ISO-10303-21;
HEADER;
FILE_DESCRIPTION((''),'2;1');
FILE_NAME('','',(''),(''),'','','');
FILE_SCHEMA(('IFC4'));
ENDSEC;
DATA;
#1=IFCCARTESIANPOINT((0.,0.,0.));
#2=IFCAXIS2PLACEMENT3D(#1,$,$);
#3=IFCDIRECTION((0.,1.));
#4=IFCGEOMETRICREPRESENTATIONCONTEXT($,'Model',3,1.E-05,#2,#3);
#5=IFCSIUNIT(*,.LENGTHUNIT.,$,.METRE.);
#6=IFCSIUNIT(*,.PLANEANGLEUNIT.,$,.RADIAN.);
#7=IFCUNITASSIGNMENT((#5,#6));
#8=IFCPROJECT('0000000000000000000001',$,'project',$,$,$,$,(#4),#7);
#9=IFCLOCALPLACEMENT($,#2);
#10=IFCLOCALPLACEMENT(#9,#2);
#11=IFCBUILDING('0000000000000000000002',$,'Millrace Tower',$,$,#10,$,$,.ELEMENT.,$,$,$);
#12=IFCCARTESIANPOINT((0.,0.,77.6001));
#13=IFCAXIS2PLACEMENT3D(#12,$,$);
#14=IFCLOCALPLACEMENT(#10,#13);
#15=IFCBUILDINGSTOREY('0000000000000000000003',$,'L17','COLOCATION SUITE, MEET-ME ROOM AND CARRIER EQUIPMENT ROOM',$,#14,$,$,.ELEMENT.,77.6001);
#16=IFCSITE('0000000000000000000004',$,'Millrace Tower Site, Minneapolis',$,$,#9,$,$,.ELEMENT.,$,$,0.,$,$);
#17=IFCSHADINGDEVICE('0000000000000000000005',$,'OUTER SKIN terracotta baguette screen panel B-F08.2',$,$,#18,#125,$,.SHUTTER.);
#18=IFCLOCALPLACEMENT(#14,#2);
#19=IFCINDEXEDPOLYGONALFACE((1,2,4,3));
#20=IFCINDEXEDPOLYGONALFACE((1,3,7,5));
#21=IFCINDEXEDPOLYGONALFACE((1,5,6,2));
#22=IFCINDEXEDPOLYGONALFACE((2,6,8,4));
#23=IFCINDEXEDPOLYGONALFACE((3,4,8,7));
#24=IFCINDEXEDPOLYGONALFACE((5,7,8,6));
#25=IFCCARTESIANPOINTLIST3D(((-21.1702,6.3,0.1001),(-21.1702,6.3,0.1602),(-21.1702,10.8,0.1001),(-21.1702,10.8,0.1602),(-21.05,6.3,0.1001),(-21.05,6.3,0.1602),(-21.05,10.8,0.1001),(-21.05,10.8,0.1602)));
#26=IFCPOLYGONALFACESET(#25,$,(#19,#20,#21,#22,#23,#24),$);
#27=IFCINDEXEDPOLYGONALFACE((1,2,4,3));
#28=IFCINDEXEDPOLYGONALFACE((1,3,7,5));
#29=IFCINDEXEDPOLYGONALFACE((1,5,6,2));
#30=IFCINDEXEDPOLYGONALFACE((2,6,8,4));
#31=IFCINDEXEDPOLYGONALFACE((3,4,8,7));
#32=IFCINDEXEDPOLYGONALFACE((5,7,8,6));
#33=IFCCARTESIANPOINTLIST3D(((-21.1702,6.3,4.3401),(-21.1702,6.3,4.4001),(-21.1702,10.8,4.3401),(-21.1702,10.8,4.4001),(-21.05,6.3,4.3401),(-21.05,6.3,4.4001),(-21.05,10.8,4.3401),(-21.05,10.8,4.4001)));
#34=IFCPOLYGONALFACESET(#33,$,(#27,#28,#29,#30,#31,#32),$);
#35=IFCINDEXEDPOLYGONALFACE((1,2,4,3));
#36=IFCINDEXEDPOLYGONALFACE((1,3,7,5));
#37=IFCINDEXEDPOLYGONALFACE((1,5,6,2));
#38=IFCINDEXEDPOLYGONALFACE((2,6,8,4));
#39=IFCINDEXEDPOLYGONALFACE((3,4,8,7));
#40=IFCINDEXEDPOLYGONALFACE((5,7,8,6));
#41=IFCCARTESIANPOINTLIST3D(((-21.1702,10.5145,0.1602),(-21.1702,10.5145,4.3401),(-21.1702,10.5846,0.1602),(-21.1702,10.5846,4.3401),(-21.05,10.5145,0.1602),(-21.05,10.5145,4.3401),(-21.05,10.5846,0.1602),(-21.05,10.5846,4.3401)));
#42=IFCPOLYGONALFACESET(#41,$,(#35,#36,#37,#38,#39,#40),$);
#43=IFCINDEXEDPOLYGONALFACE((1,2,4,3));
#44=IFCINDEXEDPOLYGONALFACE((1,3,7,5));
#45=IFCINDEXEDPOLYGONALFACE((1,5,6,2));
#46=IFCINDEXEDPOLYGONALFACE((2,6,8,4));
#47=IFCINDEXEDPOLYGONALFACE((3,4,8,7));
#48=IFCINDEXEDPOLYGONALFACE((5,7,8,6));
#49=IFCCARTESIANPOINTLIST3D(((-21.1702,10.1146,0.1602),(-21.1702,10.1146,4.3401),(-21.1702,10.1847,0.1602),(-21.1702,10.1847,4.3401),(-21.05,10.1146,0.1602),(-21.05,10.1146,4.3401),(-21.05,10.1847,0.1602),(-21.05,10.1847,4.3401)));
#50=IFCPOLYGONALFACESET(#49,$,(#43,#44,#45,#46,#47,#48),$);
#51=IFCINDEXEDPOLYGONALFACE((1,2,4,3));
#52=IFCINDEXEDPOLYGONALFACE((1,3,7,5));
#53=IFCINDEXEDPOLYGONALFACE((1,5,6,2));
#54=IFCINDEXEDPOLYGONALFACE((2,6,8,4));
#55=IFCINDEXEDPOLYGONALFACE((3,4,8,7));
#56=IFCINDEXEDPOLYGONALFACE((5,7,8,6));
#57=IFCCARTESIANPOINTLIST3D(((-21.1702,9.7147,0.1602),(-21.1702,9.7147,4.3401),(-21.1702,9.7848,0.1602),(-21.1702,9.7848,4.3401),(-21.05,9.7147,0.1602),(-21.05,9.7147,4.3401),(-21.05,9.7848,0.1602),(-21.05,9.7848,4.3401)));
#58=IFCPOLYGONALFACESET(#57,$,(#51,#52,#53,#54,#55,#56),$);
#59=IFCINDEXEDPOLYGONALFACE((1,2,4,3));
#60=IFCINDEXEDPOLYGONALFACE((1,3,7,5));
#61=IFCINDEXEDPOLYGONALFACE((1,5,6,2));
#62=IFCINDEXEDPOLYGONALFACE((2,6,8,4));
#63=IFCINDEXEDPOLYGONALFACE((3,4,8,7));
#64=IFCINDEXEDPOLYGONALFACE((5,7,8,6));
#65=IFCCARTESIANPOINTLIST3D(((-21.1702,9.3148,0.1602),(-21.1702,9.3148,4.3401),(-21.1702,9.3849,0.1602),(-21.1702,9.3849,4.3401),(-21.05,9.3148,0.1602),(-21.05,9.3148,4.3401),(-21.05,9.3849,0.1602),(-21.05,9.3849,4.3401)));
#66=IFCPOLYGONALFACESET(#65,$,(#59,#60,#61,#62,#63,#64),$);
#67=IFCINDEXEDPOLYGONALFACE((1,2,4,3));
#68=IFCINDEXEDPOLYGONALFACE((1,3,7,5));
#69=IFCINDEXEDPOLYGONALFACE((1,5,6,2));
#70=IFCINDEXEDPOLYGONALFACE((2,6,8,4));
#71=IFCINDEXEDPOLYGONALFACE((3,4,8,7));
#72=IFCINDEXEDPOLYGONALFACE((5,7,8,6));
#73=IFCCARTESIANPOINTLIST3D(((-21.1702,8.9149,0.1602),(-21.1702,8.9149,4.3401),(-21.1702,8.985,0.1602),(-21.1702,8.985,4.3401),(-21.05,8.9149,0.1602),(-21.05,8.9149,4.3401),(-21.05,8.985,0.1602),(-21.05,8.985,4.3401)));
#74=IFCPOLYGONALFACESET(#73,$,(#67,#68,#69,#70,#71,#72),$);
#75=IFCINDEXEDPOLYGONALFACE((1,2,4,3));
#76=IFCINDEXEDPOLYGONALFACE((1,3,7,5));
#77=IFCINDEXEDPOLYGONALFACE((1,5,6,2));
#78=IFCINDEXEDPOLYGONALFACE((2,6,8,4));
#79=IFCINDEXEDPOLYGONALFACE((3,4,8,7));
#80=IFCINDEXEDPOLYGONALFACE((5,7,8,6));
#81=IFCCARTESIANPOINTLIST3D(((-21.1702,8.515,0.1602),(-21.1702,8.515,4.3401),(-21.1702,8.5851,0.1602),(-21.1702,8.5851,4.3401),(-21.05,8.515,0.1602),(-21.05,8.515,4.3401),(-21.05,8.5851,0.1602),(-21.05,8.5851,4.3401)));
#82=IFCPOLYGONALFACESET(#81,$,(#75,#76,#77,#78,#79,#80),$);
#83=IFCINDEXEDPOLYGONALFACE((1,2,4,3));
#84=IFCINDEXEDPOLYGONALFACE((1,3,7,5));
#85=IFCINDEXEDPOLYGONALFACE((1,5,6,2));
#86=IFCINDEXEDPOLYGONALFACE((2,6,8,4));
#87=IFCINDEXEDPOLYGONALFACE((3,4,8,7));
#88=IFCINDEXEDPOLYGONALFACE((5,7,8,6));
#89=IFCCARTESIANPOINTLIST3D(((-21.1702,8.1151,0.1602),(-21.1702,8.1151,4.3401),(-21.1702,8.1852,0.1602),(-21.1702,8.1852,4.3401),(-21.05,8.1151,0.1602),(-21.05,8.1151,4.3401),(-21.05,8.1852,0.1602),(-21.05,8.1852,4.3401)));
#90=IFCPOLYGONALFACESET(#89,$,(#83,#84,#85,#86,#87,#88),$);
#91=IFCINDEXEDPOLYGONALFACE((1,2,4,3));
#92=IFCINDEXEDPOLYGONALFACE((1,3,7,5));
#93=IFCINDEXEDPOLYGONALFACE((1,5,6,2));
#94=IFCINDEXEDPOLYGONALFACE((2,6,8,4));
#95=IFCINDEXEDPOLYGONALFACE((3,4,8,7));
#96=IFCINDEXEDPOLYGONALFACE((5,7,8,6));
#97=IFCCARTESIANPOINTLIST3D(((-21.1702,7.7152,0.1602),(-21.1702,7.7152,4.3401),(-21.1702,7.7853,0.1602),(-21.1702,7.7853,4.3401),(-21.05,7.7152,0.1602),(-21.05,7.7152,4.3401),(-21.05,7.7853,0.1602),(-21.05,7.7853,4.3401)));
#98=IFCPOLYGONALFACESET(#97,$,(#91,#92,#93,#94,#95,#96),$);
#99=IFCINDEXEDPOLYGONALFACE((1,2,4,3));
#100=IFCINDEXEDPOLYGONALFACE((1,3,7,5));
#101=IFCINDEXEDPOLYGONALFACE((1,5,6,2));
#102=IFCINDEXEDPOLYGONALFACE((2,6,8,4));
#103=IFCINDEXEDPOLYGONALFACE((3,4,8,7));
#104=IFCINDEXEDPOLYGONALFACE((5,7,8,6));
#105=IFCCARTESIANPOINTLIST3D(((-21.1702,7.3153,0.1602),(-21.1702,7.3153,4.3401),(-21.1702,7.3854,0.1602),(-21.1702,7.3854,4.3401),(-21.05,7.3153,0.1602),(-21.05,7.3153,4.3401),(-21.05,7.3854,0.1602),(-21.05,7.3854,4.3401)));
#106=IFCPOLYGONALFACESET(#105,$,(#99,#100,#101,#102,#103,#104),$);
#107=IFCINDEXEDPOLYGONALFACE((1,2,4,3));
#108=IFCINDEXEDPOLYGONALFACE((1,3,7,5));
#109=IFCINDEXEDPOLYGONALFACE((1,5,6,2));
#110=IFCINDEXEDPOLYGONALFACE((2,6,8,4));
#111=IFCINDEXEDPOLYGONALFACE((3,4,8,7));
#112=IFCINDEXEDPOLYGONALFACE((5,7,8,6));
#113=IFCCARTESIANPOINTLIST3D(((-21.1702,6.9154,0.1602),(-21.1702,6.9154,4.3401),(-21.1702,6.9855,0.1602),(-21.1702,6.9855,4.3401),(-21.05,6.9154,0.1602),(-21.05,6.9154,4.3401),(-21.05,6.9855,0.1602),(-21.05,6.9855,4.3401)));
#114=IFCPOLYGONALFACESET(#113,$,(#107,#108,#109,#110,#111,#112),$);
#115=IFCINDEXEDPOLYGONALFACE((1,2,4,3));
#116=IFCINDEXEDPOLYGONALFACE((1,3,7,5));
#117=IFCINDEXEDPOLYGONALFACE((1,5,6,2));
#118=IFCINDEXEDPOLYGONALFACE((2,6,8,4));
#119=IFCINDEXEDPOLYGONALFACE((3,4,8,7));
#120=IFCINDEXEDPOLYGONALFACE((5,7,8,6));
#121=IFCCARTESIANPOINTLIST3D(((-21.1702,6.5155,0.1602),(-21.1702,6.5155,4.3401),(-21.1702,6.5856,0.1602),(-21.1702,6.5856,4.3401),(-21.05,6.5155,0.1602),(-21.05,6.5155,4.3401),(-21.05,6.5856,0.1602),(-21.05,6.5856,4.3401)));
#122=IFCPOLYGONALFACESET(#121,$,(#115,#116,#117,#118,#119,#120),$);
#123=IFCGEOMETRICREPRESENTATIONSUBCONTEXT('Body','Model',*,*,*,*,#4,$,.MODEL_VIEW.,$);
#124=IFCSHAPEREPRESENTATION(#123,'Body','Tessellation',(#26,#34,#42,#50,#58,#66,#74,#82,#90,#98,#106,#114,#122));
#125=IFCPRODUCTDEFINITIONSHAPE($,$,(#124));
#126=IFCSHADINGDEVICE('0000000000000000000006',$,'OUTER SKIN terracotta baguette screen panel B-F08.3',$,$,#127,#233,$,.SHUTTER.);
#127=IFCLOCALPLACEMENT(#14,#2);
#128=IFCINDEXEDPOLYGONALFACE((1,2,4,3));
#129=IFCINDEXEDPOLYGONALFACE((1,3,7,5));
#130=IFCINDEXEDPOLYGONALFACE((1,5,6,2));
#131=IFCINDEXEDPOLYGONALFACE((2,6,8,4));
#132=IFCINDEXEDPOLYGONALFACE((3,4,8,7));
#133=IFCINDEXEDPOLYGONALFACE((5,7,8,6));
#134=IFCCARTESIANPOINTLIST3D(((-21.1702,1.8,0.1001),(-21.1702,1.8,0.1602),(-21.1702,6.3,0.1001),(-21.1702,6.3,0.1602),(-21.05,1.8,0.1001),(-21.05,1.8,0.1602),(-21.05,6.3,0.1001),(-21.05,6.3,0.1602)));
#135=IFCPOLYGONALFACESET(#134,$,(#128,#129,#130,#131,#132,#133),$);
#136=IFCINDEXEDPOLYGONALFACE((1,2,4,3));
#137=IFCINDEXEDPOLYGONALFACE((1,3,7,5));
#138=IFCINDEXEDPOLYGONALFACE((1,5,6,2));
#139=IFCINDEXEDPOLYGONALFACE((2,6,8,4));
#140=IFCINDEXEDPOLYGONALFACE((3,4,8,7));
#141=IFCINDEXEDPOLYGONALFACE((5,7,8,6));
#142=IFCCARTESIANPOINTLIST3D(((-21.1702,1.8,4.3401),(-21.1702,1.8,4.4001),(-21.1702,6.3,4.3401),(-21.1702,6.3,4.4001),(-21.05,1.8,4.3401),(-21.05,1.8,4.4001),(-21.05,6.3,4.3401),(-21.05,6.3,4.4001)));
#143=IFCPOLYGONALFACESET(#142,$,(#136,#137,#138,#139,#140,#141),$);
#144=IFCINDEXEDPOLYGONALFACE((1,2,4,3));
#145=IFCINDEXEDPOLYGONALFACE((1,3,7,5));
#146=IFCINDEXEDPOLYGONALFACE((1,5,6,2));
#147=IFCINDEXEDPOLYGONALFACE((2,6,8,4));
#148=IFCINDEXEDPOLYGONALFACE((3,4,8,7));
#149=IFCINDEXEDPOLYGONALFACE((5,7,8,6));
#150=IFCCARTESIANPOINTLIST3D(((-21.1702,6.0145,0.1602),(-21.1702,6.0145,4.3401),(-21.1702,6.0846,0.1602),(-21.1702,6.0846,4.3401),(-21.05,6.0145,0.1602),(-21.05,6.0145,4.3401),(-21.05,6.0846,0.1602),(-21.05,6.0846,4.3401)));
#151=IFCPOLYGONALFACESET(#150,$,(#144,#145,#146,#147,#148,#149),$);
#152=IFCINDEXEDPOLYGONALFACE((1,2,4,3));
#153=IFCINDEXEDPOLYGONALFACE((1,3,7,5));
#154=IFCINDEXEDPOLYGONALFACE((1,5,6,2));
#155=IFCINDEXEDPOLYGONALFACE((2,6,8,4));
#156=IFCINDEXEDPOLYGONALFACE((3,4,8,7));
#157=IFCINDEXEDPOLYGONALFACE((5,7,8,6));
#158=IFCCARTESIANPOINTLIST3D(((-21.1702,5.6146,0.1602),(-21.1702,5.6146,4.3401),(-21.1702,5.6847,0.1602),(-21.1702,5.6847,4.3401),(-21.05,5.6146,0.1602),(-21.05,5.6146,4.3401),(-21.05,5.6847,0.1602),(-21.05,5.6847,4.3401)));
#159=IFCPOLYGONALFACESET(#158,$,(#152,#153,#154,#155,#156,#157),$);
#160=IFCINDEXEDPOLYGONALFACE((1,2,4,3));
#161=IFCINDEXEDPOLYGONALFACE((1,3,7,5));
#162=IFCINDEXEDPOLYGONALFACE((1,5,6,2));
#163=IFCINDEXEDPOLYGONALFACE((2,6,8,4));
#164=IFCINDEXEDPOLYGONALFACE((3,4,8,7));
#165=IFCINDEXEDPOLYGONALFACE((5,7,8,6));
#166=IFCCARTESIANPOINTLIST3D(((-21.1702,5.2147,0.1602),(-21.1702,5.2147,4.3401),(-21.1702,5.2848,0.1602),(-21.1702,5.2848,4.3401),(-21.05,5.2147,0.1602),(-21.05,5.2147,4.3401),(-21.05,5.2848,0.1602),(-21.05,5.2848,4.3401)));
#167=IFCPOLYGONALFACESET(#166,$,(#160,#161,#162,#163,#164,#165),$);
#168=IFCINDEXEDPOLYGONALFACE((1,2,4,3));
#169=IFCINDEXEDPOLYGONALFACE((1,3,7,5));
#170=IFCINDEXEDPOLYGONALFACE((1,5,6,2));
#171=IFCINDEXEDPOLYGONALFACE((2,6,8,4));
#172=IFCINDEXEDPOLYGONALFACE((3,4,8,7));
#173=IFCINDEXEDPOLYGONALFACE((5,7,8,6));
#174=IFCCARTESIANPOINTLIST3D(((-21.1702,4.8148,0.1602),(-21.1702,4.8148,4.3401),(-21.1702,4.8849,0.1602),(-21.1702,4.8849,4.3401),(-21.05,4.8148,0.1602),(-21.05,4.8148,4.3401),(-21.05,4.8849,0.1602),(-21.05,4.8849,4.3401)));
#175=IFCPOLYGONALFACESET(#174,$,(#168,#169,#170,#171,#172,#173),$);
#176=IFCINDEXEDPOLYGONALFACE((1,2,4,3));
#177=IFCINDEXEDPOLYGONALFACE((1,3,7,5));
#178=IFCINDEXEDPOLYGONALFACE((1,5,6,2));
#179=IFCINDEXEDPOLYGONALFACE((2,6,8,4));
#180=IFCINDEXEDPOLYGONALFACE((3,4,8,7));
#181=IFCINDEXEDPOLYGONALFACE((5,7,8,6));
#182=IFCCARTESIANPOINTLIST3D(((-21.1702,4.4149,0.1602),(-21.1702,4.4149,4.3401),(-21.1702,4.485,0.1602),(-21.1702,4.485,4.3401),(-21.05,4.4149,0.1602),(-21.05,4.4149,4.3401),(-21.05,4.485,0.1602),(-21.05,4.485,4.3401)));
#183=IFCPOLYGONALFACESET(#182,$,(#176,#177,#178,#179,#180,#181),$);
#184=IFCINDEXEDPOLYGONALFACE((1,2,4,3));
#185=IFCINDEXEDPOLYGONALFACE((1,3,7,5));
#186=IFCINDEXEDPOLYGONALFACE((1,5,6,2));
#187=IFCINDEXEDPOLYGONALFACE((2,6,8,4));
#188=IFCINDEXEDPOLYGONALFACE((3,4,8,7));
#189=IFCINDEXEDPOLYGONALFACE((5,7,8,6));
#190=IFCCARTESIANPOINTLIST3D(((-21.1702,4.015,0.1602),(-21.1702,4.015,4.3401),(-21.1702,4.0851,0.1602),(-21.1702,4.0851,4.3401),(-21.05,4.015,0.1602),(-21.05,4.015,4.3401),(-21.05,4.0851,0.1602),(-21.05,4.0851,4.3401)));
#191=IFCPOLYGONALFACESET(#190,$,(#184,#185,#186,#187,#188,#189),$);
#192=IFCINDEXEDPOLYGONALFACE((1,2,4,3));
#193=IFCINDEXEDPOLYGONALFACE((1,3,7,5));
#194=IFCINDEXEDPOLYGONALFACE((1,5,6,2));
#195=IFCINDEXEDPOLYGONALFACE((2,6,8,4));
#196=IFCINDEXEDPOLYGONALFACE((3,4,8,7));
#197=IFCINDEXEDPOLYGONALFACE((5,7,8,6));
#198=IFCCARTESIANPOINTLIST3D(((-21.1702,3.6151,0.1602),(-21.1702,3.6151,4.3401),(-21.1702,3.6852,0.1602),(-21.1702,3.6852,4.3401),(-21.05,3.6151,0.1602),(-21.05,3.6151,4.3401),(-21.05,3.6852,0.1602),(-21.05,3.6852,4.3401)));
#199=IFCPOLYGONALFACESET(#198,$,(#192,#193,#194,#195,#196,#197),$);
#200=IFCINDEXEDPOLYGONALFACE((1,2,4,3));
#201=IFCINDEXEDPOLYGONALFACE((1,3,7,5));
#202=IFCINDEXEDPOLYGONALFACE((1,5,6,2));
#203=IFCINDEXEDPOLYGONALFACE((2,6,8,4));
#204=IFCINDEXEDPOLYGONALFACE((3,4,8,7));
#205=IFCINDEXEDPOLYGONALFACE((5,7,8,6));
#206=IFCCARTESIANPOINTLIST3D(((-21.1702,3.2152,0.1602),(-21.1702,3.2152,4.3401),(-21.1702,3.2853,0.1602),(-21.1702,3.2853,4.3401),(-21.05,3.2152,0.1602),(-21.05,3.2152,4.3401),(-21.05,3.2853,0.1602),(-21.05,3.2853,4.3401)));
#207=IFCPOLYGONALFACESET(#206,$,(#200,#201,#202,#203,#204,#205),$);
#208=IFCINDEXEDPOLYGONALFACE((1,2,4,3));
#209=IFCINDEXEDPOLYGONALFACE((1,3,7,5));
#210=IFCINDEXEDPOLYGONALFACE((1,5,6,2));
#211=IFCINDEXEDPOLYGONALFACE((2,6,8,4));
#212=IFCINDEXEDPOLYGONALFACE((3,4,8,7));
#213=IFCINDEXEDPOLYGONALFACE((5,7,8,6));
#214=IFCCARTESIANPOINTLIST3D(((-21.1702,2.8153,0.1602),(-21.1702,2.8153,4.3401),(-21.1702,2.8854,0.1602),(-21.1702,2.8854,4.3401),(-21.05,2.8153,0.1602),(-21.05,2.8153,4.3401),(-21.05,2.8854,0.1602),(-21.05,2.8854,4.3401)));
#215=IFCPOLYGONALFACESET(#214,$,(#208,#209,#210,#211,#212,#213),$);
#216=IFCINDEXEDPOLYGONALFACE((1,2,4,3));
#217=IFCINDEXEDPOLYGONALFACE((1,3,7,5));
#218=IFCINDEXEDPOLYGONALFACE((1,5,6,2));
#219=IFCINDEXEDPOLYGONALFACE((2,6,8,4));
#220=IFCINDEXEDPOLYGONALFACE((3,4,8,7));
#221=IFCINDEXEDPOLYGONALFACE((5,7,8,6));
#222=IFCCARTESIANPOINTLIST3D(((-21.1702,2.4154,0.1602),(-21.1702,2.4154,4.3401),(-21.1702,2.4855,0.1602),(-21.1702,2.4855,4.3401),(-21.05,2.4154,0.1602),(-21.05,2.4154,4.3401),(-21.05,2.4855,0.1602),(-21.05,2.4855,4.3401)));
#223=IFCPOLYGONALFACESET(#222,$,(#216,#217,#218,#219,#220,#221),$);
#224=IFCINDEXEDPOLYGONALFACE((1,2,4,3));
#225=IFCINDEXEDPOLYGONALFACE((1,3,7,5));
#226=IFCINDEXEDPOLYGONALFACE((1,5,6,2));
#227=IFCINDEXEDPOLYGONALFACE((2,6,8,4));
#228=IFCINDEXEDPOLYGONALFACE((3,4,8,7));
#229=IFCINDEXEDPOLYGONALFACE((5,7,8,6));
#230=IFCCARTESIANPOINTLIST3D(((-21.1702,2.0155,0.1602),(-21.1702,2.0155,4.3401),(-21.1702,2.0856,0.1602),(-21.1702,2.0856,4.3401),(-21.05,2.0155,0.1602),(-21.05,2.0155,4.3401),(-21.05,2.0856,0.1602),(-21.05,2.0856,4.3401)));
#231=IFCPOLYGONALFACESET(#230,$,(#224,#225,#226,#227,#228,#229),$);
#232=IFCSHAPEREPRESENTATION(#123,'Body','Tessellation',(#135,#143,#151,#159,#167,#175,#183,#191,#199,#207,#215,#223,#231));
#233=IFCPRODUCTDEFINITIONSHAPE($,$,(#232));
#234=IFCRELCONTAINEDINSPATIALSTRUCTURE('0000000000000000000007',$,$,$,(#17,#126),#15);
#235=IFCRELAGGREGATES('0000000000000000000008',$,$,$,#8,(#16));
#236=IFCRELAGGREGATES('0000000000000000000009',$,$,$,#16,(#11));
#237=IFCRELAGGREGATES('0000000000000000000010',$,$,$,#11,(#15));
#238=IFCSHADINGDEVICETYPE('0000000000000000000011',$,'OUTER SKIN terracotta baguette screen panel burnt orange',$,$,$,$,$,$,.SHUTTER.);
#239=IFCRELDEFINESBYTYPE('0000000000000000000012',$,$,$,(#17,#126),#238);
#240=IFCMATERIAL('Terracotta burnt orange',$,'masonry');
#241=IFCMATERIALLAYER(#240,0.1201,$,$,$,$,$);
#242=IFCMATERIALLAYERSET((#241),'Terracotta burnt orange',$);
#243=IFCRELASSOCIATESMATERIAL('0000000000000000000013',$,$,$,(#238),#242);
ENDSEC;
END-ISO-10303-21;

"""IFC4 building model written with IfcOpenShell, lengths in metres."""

from ifc_helpers import new_model, entity, si_unit, direction, frame, frame_2d, origin, origin_2d, place, context, subcontext, project, spatial, rectangle, extrude, source, transform, mapped, material, layer, layer_set, type_object, element, save


model = new_model("IFC4")

# Units and contexts
model_context = context("Model", 3, precision=1e-05, world=origin(), true_north=direction((0.0, 1.0)))
body_context = subcontext(model_context, "Body", "Model", "MODEL_VIEW")
ifc_project = project(units=[si_unit("LENGTHUNIT", "METRE"), si_unit("PLANEANGLEUNIT", "RADIAN")], contexts=[model_context])

# Site, building, storey
site_placement = place(None, origin())
site = spatial("IfcSite", under=ifc_project, at=site_placement, Name="Millrace Tower Site, Minneapolis", CompositionType="ELEMENT", RefElevation=0.0)
building_placement = place(site_placement, origin())
building = spatial("IfcBuilding", under=site, at=building_placement, Name="Millrace Tower", CompositionType="ELEMENT")
storey_placement = place(building_placement, frame((0.0, 0.0, 77.6001)))
storey = spatial("IfcBuildingStorey", under=building, at=storey_placement, Name="L17", Description="COLOCATION SUITE, MEET-ME ROOM AND CARRIER EQUIPMENT ROOM", CompositionType="ELEMENT", Elevation=77.6001)

# Shading devices
ifc_material_1 = material(Name="Terracotta burnt orange", Category="masonry")
ifc_layer_1 = layer(ifc_material_1, 0.1201)
ifc_layer_set_1 = layer_set([ifc_layer_1], Name="Terracotta burnt orange")
shading_device_type = type_object("IfcShadingDeviceType", Name="OUTER SKIN terracotta baguette screen panel burnt orange", PredefinedType="SHUTTER", material=ifc_layer_set_1)
cartesian_point = entity("IfcCartesianPoint", [-2.25, 0.0601])
shared_polyline = entity("IfcPolyline", [cartesian_point, entity("IfcCartesianPoint", [2.25, 0.0601]), entity("IfcCartesianPoint", [2.25, -0.0601]), entity("IfcCartesianPoint", [-2.25, -0.0601]), cartesian_point])
shared_shape = source(origin(), body_context, "Body", "SweptSolid", [
    entity("IfcExtrudedAreaSolid", entity("IfcArbitraryClosedProfileDef", "AREA", None, shared_polyline), entity("IfcAxis2Placement3D", entity("IfcCartesianPoint", [0.0, 0.0, 0.0])), entity("IfcDirection", [0.0, 0.0, 1.0]), 0.0601),
    entity("IfcExtrudedAreaSolid", entity("IfcArbitraryClosedProfileDef", "AREA", None, shared_polyline), entity("IfcAxis2Placement3D", entity("IfcCartesianPoint", [0.0, 0.0, 4.24])), entity("IfcDirection", [0.0, 0.0, 1.0]), 0.0601),
    extrude(rectangle(XDim=0.0701, YDim=0.1201, at=frame_2d((-1.9995, 0.0))), frame((0.0, 0.0, 0.0601)), (0.0, 0.0, 1.0), 4.1799),
    extrude(rectangle(XDim=0.0701, YDim=0.1201, at=frame_2d((-1.5996, 0.0))), frame((0.0, 0.0, 0.0601)), (0.0, 0.0, 1.0), 4.1799),
    extrude(rectangle(XDim=0.0701, YDim=0.1201, at=frame_2d((-1.1997, 0.0))), frame((0.0, 0.0, 0.0601)), (0.0, 0.0, 1.0), 4.1799),
    extrude(rectangle(XDim=0.0701, YDim=0.1201, at=frame_2d((-0.7998, 0.0))), frame((0.0, 0.0, 0.0601)), (0.0, 0.0, 1.0), 4.1799),
    extrude(rectangle(XDim=0.0701, YDim=0.1201, at=frame_2d((-0.3999, 0.0))), frame((0.0, 0.0, 0.0601)), (0.0, 0.0, 1.0), 4.1799),
    extrude(rectangle(XDim=0.0701, YDim=0.1201, at=origin_2d()), frame((0.0, 0.0, 0.0601)), (0.0, 0.0, 1.0), 4.1799),
    extrude(rectangle(XDim=0.0701, YDim=0.1201, at=frame_2d((0.3999, 0.0))), frame((0.0, 0.0, 0.0601)), (0.0, 0.0, 1.0), 4.1799),
    extrude(rectangle(XDim=0.0701, YDim=0.1201, at=frame_2d((0.7998, 0.0))), frame((0.0, 0.0, 0.0601)), (0.0, 0.0, 1.0), 4.1799),
    extrude(rectangle(XDim=0.0701, YDim=0.1201, at=frame_2d((1.1997, 0.0))), frame((0.0, 0.0, 0.0601)), (0.0, 0.0, 1.0), 4.1799),
    extrude(rectangle(XDim=0.0701, YDim=0.1201, at=frame_2d((1.5996, 0.0))), frame((0.0, 0.0, 0.0601)), (0.0, 0.0, 1.0), 4.1799),
    extrude(rectangle(XDim=0.0701, YDim=0.1201, at=frame_2d((1.9995, 0.0))), frame((0.0, 0.0, 0.0601)), (0.0, 0.0, 1.0), 4.1799),
])
for number, where, z_axis, x_axis, name in (
    (1, (-21.1101, 8.55, 0.1001), (0.0, 0.0, 1.0), (0.0, -1.0, 0.0), "OUTER SKIN terracotta baguette screen panel B-F08.2"),
    (2, (-21.1101, 4.05, 0.1001), (0.0, 0.0, 1.0), (0.0, -1.0, 0.0), "OUTER SKIN terracotta baguette screen panel B-F08.3"),
):
    element("IfcShadingDevice", number, at=place(storey_placement, frame(where, z_axis=z_axis, x_axis=x_axis)), inside=storey, type_object=shading_device_type, Name=name, PredefinedType="SHUTTER", context=body_context, shape_type="MappedRepresentation", body=[
        mapped(shared_shape, transform((0.0, 0.0, 0.0), scale=1.0)),
    ])

save(model, "model.ifc")
